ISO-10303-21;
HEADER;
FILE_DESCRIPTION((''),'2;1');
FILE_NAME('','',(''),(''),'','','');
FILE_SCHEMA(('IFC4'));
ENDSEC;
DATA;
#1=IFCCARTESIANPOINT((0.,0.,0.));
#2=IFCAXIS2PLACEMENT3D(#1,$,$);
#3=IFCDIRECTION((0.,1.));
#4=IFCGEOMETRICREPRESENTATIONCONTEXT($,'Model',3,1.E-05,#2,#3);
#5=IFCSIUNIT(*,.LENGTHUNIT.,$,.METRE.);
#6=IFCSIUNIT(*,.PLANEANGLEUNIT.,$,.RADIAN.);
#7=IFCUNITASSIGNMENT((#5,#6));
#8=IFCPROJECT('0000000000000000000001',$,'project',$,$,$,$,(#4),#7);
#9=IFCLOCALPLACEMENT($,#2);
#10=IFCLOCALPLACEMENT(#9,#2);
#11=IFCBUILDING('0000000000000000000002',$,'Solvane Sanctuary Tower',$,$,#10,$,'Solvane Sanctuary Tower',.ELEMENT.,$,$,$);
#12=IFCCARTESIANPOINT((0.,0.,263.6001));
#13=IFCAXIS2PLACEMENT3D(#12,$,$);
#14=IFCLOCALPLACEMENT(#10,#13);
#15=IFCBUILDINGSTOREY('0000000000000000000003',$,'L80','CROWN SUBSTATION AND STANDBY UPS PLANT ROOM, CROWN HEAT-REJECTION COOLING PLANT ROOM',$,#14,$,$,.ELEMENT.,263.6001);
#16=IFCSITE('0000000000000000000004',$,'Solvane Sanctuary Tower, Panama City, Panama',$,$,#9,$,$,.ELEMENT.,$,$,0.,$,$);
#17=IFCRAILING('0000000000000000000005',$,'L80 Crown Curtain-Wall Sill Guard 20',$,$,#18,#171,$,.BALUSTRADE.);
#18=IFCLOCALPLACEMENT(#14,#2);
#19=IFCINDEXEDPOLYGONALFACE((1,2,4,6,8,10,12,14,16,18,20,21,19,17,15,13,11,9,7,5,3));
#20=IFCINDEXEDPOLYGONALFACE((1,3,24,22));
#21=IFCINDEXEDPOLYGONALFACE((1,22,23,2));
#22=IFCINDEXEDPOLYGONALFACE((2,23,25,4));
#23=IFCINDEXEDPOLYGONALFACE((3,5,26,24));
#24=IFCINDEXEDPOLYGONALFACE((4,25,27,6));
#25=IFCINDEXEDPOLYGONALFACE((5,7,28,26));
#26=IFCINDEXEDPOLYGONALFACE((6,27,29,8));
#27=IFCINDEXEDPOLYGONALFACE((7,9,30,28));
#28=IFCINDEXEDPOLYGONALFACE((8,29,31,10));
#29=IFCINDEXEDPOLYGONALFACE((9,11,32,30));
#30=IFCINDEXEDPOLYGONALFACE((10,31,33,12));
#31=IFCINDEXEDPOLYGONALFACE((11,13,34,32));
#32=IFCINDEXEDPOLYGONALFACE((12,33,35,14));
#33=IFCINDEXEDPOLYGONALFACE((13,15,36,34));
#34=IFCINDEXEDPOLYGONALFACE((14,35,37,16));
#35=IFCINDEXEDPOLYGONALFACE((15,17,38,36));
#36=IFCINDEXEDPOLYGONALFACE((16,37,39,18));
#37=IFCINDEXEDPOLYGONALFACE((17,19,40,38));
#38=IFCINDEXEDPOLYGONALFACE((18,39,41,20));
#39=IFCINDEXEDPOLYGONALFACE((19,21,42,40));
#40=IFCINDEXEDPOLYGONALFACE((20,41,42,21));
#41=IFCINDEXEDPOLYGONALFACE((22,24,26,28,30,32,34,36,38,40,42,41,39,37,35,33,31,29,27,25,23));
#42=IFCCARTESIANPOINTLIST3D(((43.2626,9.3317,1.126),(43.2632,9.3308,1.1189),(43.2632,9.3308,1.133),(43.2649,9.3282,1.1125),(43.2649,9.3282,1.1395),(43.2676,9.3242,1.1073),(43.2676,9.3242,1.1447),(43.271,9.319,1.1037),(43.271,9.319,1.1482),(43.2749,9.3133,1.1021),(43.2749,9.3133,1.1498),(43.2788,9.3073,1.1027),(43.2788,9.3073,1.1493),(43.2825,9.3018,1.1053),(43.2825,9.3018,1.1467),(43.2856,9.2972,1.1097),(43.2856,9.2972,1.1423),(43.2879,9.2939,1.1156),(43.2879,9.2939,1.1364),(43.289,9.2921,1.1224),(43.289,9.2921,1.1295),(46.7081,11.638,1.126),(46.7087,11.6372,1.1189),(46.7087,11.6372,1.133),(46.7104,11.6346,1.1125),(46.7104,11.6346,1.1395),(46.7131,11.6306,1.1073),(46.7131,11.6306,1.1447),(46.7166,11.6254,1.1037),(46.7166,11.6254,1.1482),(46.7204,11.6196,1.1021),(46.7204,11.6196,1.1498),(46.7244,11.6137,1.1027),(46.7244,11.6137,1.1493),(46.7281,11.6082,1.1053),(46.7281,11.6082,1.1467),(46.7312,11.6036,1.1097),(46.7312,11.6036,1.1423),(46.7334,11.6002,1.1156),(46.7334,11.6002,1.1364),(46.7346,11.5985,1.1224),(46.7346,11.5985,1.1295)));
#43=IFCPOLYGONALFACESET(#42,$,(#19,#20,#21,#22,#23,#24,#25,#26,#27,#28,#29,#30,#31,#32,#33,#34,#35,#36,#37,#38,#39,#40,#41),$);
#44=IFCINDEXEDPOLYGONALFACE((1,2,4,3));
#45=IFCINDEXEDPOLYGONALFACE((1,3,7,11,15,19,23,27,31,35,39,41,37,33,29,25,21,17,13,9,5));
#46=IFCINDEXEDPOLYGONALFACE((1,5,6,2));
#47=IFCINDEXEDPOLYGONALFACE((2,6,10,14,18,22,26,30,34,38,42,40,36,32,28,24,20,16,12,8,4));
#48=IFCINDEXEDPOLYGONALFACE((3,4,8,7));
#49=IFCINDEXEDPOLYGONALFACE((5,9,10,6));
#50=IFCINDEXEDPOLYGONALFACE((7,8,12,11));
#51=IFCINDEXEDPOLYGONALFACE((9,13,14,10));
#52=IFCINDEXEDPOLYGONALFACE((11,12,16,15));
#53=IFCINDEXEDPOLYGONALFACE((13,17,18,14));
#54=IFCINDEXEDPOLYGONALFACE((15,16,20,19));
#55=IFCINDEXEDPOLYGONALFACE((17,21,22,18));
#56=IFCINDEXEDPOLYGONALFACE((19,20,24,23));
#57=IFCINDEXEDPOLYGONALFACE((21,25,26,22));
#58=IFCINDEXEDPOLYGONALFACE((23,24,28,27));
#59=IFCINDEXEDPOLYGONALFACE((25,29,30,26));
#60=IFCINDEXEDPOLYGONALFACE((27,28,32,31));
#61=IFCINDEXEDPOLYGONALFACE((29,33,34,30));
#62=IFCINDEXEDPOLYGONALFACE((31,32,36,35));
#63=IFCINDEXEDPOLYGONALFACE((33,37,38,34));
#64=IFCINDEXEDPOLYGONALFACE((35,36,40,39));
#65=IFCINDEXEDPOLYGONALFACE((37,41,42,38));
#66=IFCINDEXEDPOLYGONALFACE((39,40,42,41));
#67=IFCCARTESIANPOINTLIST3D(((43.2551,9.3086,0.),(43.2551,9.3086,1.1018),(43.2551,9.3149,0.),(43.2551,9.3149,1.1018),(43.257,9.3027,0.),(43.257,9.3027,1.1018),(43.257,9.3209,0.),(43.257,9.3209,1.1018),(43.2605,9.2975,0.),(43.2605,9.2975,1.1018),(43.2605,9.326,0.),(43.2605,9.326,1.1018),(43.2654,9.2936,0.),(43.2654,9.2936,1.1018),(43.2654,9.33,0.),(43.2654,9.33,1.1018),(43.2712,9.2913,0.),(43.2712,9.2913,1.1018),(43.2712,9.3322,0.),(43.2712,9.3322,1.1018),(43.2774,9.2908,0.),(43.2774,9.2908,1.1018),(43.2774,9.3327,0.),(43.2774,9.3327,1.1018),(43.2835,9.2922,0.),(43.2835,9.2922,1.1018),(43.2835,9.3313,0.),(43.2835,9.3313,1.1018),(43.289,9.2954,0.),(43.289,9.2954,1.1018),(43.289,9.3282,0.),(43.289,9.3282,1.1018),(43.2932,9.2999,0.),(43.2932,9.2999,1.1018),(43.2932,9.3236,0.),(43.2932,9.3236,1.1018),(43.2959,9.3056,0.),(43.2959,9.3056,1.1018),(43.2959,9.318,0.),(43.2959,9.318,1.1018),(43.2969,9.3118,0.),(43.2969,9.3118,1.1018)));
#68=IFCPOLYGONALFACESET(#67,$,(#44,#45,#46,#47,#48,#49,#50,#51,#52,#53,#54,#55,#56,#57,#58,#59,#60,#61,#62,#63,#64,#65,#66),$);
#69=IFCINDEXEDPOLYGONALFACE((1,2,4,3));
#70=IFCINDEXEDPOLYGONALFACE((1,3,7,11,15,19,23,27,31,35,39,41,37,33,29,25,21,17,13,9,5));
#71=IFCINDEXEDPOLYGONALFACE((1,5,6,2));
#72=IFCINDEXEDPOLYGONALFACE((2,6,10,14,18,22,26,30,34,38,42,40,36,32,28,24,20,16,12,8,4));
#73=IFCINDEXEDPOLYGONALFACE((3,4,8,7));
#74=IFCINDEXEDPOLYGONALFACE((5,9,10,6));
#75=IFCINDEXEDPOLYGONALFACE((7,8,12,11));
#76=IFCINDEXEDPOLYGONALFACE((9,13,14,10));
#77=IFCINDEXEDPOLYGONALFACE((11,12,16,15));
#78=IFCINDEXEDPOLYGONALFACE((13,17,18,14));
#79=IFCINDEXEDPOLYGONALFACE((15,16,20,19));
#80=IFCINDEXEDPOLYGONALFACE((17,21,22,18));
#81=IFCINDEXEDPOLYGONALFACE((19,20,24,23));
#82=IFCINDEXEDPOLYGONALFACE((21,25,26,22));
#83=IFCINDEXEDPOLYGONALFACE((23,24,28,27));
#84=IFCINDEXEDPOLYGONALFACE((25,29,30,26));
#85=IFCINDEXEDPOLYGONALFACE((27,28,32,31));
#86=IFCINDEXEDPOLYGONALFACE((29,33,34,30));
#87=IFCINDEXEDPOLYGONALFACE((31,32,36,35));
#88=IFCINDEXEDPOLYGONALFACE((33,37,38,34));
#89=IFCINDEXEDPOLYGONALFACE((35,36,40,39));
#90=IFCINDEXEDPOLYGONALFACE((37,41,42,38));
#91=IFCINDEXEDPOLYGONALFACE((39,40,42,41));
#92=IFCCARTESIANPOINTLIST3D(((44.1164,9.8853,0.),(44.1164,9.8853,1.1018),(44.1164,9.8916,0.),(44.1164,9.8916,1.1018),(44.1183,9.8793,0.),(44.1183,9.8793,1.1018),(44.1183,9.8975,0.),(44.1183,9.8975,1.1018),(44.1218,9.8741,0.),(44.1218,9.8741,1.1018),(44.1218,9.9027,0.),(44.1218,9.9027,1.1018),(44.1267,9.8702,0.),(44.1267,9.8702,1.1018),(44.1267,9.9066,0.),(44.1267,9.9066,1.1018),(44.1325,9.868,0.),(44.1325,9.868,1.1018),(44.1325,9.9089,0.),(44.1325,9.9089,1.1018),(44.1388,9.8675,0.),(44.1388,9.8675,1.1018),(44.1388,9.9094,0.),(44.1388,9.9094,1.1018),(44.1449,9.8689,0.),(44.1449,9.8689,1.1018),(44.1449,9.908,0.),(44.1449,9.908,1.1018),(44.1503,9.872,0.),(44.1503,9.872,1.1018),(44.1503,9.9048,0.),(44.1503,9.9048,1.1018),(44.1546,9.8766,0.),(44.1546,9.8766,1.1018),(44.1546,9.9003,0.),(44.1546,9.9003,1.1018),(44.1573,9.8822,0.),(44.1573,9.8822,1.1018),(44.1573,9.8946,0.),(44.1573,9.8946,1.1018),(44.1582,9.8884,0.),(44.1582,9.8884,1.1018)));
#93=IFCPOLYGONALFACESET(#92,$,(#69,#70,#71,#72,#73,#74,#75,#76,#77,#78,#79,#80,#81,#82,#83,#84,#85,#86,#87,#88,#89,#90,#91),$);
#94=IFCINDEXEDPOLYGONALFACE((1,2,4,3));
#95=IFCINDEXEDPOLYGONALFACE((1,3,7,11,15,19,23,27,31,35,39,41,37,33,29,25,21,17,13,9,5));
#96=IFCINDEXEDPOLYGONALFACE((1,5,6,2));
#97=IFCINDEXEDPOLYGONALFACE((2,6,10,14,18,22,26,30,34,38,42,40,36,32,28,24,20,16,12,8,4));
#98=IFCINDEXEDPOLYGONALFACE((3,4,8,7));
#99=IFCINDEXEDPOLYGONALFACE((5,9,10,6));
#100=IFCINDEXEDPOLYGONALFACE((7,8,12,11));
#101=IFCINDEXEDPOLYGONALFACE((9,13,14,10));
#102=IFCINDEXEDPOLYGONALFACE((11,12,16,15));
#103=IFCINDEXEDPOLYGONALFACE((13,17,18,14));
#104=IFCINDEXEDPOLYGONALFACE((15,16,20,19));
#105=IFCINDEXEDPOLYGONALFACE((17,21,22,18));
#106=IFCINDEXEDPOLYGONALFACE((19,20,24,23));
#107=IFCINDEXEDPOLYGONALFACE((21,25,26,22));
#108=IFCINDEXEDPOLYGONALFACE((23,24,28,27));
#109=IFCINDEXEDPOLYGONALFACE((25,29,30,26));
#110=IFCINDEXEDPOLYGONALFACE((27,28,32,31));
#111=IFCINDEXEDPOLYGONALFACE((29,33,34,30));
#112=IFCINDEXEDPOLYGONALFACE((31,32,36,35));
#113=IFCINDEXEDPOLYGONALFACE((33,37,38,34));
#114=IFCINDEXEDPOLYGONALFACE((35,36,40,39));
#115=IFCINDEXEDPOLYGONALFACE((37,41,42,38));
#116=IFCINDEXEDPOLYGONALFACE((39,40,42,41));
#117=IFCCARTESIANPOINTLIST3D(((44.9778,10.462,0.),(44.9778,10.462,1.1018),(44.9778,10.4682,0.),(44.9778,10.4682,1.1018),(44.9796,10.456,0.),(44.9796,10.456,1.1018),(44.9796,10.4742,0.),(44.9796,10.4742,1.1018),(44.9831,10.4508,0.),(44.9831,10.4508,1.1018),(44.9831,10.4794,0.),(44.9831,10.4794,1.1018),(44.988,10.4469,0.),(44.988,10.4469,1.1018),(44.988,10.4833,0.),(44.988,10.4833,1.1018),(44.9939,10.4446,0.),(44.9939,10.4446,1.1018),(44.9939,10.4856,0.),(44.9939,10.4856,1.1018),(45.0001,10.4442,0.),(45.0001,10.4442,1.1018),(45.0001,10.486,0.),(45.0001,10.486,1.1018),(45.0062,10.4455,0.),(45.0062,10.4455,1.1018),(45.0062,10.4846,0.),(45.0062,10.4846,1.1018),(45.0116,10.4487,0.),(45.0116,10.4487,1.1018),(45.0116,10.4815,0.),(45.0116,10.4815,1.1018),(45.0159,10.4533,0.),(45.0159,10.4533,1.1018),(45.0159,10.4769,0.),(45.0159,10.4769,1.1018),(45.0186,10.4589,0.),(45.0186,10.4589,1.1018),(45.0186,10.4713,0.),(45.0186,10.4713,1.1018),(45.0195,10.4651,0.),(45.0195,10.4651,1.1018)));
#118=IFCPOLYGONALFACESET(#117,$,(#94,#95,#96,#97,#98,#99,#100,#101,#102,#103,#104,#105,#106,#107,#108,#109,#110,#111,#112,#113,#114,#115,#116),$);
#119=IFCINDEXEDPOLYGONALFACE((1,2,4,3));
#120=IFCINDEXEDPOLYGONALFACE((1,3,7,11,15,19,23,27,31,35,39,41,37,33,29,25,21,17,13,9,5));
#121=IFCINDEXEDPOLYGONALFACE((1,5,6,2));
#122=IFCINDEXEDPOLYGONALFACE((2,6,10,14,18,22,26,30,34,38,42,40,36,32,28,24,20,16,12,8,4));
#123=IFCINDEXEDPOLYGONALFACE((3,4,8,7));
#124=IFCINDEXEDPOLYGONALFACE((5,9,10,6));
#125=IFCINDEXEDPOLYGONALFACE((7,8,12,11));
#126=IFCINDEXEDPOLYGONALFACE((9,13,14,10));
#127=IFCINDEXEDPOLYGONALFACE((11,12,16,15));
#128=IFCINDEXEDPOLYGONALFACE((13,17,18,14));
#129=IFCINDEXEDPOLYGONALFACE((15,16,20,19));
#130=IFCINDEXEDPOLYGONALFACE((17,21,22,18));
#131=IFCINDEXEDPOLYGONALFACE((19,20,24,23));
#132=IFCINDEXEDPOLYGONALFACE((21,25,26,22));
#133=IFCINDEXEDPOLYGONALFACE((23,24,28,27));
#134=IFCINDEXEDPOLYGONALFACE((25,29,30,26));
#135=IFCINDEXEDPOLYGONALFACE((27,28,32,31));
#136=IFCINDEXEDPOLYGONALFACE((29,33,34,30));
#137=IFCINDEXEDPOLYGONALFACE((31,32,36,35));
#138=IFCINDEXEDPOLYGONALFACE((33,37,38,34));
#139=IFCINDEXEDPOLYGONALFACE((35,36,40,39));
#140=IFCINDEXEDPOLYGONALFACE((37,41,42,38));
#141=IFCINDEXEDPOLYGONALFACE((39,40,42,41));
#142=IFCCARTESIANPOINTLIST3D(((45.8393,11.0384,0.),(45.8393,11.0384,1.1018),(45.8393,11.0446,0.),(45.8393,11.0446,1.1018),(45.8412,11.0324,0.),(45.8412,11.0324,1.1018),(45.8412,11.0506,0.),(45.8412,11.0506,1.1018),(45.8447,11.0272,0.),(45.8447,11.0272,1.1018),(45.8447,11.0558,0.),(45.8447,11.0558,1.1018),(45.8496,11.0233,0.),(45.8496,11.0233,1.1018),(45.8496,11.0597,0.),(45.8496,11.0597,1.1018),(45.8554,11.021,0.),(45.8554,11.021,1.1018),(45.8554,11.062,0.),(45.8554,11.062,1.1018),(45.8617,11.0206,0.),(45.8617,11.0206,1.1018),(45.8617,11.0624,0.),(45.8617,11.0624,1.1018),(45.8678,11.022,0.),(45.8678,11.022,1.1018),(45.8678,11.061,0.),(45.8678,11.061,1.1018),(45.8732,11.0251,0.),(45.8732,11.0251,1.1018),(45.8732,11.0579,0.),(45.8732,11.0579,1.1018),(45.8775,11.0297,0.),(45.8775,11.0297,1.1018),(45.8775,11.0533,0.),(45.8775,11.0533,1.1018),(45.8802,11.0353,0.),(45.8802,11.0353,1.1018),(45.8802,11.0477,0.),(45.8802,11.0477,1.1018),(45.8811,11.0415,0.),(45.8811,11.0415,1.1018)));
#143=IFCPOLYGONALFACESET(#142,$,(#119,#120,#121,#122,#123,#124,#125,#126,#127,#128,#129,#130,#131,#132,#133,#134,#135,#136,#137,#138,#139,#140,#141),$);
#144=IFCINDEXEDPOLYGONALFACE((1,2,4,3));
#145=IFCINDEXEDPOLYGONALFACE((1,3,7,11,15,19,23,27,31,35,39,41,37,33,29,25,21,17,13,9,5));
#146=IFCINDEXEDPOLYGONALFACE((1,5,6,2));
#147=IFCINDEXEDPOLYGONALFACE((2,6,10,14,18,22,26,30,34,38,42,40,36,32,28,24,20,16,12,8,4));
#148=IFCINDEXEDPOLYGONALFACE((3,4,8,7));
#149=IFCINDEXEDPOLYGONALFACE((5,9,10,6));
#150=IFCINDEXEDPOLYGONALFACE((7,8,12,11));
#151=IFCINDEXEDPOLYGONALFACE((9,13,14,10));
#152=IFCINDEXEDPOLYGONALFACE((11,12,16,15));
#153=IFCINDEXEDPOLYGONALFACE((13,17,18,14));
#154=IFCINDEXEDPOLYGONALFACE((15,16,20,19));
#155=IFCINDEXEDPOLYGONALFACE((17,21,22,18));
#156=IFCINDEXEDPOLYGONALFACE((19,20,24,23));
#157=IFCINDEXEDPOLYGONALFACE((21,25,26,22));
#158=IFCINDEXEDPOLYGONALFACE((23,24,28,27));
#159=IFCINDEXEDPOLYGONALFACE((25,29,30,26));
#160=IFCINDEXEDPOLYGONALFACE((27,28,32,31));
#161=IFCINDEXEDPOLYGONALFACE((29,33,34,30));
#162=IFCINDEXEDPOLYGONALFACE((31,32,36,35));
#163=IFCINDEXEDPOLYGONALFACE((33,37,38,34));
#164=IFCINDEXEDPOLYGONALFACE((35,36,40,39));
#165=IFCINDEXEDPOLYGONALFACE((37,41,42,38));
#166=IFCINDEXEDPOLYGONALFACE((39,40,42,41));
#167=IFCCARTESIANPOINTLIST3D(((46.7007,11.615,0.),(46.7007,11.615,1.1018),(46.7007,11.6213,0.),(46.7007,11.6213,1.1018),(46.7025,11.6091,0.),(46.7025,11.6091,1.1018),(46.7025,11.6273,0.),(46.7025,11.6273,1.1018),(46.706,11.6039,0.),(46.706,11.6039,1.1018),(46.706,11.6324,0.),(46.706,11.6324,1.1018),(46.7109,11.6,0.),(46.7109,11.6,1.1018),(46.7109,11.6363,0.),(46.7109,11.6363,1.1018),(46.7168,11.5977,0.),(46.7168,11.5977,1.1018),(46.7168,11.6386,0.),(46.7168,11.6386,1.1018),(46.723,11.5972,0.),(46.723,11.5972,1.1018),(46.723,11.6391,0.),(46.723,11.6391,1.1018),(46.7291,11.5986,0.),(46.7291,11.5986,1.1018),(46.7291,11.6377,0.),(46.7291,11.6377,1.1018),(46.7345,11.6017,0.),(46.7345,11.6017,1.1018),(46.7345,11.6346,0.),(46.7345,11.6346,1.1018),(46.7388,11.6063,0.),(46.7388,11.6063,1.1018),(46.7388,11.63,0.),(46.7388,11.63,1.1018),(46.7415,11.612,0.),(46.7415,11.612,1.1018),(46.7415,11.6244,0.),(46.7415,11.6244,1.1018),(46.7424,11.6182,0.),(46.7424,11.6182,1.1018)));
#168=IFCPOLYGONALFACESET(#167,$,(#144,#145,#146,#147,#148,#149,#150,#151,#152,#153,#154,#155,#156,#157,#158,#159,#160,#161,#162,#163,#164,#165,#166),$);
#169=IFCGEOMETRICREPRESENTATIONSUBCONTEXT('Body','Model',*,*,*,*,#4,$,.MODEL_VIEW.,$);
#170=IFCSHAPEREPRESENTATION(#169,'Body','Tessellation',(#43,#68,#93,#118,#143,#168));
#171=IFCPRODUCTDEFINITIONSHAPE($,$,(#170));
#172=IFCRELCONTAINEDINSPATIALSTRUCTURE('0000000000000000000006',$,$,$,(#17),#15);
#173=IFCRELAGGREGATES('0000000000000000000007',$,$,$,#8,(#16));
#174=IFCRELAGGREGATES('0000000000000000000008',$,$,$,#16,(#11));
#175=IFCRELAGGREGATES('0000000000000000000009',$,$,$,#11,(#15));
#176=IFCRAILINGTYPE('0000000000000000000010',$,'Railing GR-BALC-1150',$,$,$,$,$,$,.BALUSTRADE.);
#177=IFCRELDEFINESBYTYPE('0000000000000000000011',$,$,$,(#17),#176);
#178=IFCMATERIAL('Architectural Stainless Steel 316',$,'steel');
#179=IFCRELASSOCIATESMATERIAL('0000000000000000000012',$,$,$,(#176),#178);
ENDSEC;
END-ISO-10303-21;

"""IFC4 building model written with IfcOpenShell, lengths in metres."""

from ifc_helpers import new_model, si_unit, direction, frame, origin, origin_2d, place, context, subcontext, project, spatial, circle, extrude, material, type_object, element, save


model = new_model("IFC4")

# Units and contexts
model_context = context("Model", 3, precision=1e-05, world=origin(), true_north=direction((0.0, 1.0)))
body_context = subcontext(model_context, "Body", "Model", "MODEL_VIEW")
ifc_project = project(units=[si_unit("LENGTHUNIT", "METRE"), si_unit("PLANEANGLEUNIT", "RADIAN")], contexts=[model_context])

# Site, building, storey
site_placement = place(None, origin())
site = spatial("IfcSite", under=ifc_project, at=site_placement, Name="Solvane Sanctuary Tower, Panama City, Panama", CompositionType="ELEMENT", RefElevation=0.0)
building_placement = place(site_placement, origin())
building = spatial("IfcBuilding", under=site, at=building_placement, Name="Solvane Sanctuary Tower", LongName="Solvane Sanctuary Tower", CompositionType="ELEMENT")
storey_placement = place(building_placement, frame((0.0, 0.0, 263.6001)))
storey = spatial("IfcBuildingStorey", under=building, at=storey_placement, Name="L80", Description="CROWN SUBSTATION AND STANDBY UPS PLANT ROOM, CROWN HEAT-REJECTION COOLING PLANT ROOM", CompositionType="ELEMENT", Elevation=263.6001)

# Railing
ifc_material_1 = material(Name="Architectural Stainless Steel 316", Category="steel")
railing_type = type_object("IfcRailingType", Name="Railing GR-BALC-1150", PredefinedType="BALUSTRADE", material=ifc_material_1)
railing_1_placement = place(storey_placement, frame((43.2759, 9.3118, 0.0)))
element("IfcRailing", 1, at=railing_1_placement, inside=storey, type_object=railing_type, Name="L80 Crown Curtain-Wall Sill Guard 20", PredefinedType="BALUSTRADE", context=body_context, shape_type="SweptSolid", body=[
    extrude(circle(Radius=0.0239, at=origin_2d()), frame((0.0, 0.0, 1.126), z_axis=(0.831007, 0.556262, 0.0), x_axis=(-0.556262, 0.831007, 0.0)), (0.0, 0.0, 1.0), 4.1462),
    extrude(circle(Radius=0.021, at=origin_2d()), origin(), (0.0, 0.0, 1.0), 1.1018),
    extrude(circle(Radius=0.021, at=origin_2d()), frame((0.8613, 0.5767, 0.0)), (0.0, 0.0, 1.0), 1.1018),
    extrude(circle(Radius=0.021, at=origin_2d()), frame((1.7227, 1.1533, 0.0)), (0.0, 0.0, 1.0), 1.1018),
    extrude(circle(Radius=0.021, at=origin_2d()), frame((2.5842, 1.7297, 0.0)), (0.0, 0.0, 1.0), 1.1018),
    extrude(circle(Radius=0.021, at=origin_2d()), frame((3.4456, 2.3064, 0.0)), (0.0, 0.0, 1.0), 1.1018),
])

save(model, "model.ifc")
